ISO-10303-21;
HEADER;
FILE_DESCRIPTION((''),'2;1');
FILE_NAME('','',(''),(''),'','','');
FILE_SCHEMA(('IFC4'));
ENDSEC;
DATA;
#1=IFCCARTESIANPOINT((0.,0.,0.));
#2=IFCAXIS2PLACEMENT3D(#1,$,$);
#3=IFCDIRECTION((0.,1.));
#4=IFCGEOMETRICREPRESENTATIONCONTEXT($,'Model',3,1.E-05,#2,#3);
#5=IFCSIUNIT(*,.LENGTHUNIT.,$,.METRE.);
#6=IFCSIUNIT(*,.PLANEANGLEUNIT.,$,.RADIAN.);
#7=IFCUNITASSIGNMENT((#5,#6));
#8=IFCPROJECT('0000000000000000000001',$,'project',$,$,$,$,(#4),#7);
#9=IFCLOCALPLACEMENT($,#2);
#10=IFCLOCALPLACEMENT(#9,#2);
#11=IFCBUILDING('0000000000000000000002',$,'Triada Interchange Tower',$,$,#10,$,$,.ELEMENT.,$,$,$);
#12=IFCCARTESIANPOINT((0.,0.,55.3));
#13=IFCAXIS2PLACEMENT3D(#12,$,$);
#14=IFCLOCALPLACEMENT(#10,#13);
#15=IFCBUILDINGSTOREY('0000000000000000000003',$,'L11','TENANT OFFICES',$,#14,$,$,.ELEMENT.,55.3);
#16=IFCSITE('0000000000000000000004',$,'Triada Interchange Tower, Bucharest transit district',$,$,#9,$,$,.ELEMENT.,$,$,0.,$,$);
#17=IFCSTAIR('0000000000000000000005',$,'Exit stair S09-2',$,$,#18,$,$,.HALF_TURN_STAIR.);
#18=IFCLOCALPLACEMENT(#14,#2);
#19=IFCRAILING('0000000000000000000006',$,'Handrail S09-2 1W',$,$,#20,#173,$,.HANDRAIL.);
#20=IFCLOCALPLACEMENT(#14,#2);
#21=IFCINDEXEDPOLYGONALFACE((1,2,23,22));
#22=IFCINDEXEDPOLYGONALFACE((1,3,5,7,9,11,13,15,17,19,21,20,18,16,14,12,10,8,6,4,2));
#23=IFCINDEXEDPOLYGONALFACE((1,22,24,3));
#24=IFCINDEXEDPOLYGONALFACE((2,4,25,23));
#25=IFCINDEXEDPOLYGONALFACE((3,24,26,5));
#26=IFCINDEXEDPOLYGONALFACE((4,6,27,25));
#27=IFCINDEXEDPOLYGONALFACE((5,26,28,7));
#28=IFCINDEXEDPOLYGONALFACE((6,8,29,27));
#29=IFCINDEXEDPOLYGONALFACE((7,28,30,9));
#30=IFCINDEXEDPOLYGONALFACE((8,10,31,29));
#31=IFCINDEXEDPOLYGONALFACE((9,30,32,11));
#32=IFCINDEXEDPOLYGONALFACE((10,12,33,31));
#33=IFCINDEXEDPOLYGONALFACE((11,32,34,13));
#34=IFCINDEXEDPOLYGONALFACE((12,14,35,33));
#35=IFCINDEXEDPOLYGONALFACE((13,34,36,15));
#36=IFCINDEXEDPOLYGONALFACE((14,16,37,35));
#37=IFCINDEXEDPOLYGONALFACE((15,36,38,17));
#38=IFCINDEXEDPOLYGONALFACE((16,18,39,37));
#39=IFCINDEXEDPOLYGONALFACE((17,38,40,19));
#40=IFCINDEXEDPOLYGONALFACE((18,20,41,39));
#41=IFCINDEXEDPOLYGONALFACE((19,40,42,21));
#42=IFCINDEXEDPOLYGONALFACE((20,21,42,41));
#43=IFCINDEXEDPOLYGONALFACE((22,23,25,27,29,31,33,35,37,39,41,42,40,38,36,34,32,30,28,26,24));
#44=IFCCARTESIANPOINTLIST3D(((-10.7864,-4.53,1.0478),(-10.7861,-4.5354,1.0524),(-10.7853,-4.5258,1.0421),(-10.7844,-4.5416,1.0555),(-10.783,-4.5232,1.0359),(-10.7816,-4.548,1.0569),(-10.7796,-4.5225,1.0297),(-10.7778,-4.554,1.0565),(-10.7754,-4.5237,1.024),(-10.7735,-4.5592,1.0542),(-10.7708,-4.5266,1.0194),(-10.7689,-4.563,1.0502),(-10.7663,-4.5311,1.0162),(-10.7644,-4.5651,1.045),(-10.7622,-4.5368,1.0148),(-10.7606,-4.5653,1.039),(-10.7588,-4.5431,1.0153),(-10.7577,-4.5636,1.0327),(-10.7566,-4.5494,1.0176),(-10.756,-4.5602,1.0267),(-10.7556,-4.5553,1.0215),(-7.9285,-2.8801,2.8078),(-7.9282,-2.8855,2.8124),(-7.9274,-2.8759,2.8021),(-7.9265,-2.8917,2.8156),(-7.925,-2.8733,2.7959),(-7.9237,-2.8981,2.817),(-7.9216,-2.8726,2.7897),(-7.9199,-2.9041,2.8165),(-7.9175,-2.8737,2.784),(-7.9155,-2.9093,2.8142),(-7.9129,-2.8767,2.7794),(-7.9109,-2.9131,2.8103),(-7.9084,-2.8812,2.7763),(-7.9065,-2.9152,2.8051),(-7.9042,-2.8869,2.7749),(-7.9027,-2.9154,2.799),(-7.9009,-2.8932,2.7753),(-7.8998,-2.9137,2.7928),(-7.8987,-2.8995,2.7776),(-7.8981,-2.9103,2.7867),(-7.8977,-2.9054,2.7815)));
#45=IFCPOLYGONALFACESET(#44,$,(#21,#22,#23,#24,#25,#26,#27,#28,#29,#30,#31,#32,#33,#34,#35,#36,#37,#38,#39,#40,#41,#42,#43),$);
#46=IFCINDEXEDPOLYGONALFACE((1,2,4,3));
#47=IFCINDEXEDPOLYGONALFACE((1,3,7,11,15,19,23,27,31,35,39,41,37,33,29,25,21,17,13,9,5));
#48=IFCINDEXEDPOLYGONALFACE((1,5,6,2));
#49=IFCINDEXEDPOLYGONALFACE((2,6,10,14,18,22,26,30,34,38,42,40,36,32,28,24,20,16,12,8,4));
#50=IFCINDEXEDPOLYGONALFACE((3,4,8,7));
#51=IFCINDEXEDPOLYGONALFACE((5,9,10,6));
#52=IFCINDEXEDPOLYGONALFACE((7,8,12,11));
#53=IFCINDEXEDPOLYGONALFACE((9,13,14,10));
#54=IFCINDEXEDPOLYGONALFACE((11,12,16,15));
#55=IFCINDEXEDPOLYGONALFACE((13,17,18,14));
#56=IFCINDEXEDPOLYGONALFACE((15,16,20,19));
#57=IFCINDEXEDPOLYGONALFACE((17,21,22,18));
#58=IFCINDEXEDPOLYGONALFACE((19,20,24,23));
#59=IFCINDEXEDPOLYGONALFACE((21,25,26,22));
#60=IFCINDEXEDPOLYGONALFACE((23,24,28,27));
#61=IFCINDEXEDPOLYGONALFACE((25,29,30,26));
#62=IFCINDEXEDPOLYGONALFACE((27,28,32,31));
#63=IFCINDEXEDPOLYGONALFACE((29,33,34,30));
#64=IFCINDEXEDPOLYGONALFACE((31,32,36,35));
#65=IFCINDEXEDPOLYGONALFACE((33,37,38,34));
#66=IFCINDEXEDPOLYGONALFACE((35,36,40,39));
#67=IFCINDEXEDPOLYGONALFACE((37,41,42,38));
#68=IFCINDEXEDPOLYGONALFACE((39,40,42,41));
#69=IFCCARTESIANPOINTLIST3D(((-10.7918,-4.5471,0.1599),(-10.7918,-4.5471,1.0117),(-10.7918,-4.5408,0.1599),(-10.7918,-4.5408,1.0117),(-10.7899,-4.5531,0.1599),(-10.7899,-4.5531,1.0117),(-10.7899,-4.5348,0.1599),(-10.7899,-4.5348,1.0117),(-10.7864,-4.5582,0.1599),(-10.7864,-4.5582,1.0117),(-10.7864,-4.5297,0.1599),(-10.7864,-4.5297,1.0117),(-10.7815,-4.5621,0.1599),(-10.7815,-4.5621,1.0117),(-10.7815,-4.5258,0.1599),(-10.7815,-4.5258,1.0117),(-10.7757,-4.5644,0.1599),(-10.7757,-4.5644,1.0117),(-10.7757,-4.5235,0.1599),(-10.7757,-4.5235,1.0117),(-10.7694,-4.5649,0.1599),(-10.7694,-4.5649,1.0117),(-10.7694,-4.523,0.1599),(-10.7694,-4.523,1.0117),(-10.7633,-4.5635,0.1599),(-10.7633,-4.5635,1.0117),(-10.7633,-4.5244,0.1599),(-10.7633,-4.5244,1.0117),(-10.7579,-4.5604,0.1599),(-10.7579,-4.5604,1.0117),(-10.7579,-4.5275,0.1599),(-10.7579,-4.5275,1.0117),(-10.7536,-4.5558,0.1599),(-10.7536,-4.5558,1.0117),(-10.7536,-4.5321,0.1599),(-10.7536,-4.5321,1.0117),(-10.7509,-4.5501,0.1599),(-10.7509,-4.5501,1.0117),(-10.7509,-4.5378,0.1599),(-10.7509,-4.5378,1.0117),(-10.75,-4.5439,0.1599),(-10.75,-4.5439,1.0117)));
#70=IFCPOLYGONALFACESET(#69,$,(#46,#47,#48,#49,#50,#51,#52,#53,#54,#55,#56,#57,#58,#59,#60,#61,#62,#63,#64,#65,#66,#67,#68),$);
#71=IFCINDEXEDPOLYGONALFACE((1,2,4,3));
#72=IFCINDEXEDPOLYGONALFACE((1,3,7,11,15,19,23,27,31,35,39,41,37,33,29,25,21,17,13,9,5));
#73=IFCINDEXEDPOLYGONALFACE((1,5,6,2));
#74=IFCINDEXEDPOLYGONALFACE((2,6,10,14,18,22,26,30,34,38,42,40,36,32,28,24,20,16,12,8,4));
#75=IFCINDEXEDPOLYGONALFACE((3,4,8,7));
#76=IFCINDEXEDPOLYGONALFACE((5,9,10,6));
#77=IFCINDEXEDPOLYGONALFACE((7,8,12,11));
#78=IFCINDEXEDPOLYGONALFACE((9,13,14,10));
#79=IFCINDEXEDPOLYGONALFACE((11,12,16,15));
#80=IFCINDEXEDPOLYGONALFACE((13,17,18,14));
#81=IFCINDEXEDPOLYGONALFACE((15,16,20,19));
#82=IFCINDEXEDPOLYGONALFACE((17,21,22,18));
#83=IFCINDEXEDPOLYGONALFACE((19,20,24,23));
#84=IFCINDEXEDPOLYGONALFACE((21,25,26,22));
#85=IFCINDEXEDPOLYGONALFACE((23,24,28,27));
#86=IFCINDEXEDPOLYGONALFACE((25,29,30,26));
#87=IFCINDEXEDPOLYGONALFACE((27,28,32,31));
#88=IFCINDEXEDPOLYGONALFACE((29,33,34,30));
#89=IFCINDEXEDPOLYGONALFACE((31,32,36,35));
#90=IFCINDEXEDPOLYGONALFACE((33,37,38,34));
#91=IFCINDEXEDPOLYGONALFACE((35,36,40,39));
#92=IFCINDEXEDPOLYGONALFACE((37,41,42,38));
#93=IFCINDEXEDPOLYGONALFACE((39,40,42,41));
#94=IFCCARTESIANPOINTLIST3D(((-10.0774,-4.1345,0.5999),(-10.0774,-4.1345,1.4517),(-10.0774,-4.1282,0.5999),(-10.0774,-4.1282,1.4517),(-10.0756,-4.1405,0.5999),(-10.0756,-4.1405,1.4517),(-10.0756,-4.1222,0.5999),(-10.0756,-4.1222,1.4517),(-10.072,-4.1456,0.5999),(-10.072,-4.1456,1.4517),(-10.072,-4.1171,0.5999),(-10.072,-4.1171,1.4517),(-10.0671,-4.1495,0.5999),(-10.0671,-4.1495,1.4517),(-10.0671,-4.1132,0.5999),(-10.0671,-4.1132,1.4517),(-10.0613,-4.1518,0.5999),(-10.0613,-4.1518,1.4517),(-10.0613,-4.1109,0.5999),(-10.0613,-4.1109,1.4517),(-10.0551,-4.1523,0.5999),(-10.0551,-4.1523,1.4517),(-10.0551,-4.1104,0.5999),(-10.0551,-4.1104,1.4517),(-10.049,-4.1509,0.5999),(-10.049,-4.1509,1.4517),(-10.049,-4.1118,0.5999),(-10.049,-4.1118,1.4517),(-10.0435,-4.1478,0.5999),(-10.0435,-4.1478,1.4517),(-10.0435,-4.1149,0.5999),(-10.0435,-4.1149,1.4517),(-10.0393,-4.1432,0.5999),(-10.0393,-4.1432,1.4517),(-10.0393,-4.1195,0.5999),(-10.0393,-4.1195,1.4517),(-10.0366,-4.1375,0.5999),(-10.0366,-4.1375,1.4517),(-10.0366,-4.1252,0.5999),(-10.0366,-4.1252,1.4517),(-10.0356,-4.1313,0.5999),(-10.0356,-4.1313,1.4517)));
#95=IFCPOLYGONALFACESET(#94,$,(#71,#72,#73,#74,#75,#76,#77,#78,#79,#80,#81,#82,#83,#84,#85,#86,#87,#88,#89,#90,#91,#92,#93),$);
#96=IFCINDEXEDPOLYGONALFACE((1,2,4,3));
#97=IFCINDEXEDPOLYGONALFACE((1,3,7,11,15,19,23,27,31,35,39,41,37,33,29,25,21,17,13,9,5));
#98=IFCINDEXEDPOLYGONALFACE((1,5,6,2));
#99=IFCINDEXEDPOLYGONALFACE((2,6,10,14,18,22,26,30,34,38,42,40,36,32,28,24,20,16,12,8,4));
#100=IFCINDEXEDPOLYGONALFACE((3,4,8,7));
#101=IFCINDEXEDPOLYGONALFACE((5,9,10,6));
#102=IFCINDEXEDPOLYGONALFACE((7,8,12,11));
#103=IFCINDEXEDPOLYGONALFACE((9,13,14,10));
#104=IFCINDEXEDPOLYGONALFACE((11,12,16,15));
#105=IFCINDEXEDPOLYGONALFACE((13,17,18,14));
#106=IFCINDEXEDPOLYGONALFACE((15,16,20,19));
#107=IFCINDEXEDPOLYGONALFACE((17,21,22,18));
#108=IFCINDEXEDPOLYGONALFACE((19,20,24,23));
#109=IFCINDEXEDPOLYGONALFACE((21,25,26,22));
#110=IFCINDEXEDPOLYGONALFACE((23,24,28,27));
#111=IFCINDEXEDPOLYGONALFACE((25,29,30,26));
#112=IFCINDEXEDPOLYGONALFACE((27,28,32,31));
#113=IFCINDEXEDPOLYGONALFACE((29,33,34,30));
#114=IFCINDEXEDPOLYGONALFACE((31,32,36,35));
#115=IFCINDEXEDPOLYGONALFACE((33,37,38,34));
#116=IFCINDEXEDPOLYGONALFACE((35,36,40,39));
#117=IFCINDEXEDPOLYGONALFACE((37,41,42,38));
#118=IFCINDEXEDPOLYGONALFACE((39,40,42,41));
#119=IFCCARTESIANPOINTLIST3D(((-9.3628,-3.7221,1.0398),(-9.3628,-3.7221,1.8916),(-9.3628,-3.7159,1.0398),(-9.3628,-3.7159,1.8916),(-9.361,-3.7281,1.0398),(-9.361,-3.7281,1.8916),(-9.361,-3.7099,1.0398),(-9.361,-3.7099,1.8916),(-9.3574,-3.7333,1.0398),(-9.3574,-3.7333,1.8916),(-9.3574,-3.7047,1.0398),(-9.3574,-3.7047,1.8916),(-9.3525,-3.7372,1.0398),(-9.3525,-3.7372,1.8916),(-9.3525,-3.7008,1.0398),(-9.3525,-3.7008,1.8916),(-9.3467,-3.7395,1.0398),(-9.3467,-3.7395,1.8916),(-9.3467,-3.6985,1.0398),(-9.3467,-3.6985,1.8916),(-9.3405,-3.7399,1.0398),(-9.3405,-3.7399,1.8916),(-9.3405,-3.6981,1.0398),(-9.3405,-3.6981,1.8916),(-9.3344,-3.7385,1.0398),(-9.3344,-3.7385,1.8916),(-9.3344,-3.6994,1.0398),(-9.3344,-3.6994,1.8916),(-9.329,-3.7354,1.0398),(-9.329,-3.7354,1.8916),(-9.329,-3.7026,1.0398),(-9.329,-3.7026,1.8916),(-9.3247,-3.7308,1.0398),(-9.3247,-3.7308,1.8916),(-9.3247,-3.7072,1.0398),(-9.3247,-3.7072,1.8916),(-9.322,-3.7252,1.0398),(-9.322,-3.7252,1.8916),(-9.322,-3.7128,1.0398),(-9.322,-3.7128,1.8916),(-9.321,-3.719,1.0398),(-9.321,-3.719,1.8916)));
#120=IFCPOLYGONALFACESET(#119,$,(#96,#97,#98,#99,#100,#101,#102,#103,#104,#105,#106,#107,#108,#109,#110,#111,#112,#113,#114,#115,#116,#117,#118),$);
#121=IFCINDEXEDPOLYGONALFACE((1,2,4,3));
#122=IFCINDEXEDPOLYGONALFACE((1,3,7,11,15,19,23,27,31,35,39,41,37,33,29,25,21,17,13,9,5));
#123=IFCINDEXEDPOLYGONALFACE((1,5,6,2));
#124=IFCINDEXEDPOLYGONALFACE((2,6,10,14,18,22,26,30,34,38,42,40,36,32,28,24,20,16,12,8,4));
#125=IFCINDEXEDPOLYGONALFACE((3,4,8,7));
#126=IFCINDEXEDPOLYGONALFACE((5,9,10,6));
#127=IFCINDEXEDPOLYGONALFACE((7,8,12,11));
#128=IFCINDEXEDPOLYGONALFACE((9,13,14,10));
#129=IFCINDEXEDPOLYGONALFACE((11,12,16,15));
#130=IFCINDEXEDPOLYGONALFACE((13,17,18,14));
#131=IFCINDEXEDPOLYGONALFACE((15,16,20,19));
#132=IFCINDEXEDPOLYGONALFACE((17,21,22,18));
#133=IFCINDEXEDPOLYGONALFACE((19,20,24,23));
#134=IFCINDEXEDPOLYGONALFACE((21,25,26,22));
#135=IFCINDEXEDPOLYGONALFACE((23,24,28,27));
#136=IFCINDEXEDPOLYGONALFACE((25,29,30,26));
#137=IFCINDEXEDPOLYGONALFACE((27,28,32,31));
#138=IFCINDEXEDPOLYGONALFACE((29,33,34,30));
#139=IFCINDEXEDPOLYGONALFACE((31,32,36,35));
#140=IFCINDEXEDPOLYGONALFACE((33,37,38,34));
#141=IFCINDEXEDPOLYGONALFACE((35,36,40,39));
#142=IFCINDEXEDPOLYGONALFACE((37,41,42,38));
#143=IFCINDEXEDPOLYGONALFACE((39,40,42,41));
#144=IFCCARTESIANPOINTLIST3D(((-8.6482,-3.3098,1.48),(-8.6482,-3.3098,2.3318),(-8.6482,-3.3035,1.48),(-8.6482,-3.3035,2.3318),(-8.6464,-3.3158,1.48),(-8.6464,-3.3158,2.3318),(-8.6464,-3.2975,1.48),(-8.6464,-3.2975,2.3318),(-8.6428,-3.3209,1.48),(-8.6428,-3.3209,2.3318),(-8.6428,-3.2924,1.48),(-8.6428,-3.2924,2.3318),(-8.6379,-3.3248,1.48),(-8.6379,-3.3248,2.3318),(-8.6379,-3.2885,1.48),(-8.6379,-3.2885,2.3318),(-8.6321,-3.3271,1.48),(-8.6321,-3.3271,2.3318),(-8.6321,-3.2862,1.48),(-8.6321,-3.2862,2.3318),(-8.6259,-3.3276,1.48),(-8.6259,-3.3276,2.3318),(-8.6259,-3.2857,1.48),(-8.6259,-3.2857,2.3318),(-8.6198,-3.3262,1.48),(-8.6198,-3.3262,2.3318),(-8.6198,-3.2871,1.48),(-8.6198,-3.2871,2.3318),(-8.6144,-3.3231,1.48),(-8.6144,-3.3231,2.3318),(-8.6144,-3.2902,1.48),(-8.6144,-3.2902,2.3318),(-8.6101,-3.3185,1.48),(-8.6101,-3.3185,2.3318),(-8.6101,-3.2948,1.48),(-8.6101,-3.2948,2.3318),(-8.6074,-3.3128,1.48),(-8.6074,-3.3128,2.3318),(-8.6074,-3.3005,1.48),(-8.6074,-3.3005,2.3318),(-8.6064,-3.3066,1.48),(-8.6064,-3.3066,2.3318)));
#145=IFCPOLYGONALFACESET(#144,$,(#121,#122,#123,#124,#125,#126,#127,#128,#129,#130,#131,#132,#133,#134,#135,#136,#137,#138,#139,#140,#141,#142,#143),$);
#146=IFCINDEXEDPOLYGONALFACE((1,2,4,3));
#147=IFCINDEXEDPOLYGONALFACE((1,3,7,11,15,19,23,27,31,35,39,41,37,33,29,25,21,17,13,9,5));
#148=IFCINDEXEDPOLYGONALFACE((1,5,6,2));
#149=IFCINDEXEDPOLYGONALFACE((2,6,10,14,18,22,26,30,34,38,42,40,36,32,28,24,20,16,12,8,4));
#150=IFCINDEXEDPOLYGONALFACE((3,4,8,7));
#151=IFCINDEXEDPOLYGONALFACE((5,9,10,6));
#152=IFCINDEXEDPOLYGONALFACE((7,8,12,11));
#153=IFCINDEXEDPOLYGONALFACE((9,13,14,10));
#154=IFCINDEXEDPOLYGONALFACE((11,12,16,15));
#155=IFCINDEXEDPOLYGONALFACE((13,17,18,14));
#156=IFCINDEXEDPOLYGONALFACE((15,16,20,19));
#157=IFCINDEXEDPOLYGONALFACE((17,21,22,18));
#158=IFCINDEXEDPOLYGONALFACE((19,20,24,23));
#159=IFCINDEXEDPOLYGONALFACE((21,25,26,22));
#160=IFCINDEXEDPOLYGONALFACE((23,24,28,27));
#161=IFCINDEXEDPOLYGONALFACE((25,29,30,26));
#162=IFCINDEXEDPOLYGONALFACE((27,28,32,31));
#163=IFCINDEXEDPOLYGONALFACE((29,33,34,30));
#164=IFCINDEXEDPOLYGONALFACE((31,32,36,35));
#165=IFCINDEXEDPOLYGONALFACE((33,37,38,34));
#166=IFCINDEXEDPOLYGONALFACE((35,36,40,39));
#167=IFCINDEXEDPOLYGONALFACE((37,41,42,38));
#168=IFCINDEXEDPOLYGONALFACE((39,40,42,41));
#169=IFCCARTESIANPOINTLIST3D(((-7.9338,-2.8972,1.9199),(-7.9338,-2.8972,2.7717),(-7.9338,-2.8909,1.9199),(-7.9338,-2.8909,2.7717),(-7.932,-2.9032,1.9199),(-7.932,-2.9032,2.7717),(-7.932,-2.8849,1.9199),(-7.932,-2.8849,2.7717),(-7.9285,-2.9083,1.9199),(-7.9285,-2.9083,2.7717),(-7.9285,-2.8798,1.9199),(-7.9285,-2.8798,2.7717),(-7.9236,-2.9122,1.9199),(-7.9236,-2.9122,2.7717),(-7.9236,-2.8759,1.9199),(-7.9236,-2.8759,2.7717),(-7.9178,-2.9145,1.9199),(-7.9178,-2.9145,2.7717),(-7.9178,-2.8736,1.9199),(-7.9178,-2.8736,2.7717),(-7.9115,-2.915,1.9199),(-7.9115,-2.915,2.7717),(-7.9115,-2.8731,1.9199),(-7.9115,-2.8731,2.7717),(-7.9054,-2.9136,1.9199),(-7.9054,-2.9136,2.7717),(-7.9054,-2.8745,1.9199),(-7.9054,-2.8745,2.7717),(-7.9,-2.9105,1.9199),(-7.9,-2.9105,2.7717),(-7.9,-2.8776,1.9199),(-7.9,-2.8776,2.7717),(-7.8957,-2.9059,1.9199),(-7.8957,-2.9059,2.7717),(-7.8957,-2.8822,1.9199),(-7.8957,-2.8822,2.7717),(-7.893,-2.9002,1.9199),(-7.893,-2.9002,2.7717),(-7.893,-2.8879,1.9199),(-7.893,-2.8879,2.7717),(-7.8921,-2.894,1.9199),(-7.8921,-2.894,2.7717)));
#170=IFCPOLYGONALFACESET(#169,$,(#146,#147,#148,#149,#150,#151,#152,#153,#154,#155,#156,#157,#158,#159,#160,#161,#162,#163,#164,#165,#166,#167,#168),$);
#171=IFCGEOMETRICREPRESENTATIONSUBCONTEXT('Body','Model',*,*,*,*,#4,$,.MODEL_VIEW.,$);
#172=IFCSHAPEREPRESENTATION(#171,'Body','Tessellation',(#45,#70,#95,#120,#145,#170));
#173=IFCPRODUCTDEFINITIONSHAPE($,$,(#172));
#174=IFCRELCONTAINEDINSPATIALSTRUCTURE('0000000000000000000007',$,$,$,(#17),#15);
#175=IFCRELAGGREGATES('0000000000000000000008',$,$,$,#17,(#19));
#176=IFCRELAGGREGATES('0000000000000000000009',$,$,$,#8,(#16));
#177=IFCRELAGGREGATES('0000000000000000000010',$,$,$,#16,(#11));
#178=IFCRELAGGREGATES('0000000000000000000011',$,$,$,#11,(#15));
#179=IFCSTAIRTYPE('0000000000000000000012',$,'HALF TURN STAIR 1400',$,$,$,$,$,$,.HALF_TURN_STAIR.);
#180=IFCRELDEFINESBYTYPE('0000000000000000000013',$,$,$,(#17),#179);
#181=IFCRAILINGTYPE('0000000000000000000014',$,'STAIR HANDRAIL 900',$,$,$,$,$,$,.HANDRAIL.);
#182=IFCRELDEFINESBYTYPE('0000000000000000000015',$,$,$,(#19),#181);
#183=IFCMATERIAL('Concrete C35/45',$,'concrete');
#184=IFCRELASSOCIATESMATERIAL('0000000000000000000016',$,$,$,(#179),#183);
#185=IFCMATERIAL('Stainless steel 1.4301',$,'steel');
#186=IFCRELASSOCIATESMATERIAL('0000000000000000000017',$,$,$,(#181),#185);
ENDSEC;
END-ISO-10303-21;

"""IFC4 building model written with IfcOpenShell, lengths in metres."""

from ifc_helpers import new_model, si_unit, direction, frame, origin, origin_2d, place, context, subcontext, project, spatial, circle, extrude, material, type_object, element, aggregate, save


model = new_model("IFC4")

# Units and contexts
model_context = context("Model", 3, precision=1e-05, world=origin(), true_north=direction((0.0, 1.0)))
body_context = subcontext(model_context, "Body", "Model", "MODEL_VIEW")
ifc_project = project(units=[si_unit("LENGTHUNIT", "METRE"), si_unit("PLANEANGLEUNIT", "RADIAN")], contexts=[model_context])

# Site, building, storey
site_placement = place(None, origin())
site = spatial("IfcSite", under=ifc_project, at=site_placement, Name="Triada Interchange Tower, Bucharest transit district", CompositionType="ELEMENT", RefElevation=0.0)
building_placement = place(site_placement, origin())
building = spatial("IfcBuilding", under=site, at=building_placement, Name="Triada Interchange Tower", CompositionType="ELEMENT")
storey_placement = place(building_placement, frame((0.0, 0.0, 55.3)))
storey = spatial("IfcBuildingStorey", under=building, at=storey_placement, Name="L11", Description="TENANT OFFICES", CompositionType="ELEMENT", Elevation=55.3)

# Stair, railing
ifc_material_1 = material(Name="Concrete C35/45", Category="concrete")
stair_type = type_object("IfcStairType", Name="HALF TURN STAIR 1400", PredefinedType="HALF_TURN_STAIR", material=ifc_material_1)
stair_placement = place(storey_placement, origin())
stair = element("IfcStair", 1, at=stair_placement, inside=storey, type_object=stair_type, Name="Exit stair S09-2", PredefinedType="HALF_TURN_STAIR")
ifc_material_2 = material(Name="Stainless steel 1.4301", Category="steel")
railing_type = type_object("IfcRailingType", Name="STAIR HANDRAIL 900", PredefinedType="HANDRAIL", material=ifc_material_2)
railing_1_placement = place(storey_placement, frame((-10.771, -4.5439, 0.1599)))
railing_1 = element("IfcRailing", 2, at=railing_1_placement, type_object=railing_type, Name="Handrail S09-2 1W", PredefinedType="HANDRAIL", context=body_context, shape_type="SweptSolid", body=[
    extrude(circle(Radius=0.0239, at=origin_2d()), frame((0.0, 0.0, 0.876), z_axis=(0.764151, 0.441153, 0.470593), x_axis=(-0.499974, 0.86604, 0.0)), (0.0, 0.0, 1.0), 3.74),
    extrude(circle(Radius=0.021, at=origin_2d()), origin(), (0.0, 0.0, 1.0), 0.8518),
    extrude(circle(Radius=0.021, at=origin_2d()), frame((0.7144, 0.4126, 0.4399)), (0.0, 0.0, 1.0), 0.8518),
    extrude(circle(Radius=0.021, at=origin_2d()), frame((1.429, 0.825, 0.8799)), (0.0, 0.0, 1.0), 0.8518),
    extrude(circle(Radius=0.021, at=origin_2d()), frame((2.1436, 1.2373, 1.3201)), (0.0, 0.0, 1.0), 0.8518),
    extrude(circle(Radius=0.021, at=origin_2d()), frame((2.8579, 1.6499, 1.76)), (0.0, 0.0, 1.0), 0.8518),
])
aggregate(stair, [railing_1])

save(model, "model.ifc")
